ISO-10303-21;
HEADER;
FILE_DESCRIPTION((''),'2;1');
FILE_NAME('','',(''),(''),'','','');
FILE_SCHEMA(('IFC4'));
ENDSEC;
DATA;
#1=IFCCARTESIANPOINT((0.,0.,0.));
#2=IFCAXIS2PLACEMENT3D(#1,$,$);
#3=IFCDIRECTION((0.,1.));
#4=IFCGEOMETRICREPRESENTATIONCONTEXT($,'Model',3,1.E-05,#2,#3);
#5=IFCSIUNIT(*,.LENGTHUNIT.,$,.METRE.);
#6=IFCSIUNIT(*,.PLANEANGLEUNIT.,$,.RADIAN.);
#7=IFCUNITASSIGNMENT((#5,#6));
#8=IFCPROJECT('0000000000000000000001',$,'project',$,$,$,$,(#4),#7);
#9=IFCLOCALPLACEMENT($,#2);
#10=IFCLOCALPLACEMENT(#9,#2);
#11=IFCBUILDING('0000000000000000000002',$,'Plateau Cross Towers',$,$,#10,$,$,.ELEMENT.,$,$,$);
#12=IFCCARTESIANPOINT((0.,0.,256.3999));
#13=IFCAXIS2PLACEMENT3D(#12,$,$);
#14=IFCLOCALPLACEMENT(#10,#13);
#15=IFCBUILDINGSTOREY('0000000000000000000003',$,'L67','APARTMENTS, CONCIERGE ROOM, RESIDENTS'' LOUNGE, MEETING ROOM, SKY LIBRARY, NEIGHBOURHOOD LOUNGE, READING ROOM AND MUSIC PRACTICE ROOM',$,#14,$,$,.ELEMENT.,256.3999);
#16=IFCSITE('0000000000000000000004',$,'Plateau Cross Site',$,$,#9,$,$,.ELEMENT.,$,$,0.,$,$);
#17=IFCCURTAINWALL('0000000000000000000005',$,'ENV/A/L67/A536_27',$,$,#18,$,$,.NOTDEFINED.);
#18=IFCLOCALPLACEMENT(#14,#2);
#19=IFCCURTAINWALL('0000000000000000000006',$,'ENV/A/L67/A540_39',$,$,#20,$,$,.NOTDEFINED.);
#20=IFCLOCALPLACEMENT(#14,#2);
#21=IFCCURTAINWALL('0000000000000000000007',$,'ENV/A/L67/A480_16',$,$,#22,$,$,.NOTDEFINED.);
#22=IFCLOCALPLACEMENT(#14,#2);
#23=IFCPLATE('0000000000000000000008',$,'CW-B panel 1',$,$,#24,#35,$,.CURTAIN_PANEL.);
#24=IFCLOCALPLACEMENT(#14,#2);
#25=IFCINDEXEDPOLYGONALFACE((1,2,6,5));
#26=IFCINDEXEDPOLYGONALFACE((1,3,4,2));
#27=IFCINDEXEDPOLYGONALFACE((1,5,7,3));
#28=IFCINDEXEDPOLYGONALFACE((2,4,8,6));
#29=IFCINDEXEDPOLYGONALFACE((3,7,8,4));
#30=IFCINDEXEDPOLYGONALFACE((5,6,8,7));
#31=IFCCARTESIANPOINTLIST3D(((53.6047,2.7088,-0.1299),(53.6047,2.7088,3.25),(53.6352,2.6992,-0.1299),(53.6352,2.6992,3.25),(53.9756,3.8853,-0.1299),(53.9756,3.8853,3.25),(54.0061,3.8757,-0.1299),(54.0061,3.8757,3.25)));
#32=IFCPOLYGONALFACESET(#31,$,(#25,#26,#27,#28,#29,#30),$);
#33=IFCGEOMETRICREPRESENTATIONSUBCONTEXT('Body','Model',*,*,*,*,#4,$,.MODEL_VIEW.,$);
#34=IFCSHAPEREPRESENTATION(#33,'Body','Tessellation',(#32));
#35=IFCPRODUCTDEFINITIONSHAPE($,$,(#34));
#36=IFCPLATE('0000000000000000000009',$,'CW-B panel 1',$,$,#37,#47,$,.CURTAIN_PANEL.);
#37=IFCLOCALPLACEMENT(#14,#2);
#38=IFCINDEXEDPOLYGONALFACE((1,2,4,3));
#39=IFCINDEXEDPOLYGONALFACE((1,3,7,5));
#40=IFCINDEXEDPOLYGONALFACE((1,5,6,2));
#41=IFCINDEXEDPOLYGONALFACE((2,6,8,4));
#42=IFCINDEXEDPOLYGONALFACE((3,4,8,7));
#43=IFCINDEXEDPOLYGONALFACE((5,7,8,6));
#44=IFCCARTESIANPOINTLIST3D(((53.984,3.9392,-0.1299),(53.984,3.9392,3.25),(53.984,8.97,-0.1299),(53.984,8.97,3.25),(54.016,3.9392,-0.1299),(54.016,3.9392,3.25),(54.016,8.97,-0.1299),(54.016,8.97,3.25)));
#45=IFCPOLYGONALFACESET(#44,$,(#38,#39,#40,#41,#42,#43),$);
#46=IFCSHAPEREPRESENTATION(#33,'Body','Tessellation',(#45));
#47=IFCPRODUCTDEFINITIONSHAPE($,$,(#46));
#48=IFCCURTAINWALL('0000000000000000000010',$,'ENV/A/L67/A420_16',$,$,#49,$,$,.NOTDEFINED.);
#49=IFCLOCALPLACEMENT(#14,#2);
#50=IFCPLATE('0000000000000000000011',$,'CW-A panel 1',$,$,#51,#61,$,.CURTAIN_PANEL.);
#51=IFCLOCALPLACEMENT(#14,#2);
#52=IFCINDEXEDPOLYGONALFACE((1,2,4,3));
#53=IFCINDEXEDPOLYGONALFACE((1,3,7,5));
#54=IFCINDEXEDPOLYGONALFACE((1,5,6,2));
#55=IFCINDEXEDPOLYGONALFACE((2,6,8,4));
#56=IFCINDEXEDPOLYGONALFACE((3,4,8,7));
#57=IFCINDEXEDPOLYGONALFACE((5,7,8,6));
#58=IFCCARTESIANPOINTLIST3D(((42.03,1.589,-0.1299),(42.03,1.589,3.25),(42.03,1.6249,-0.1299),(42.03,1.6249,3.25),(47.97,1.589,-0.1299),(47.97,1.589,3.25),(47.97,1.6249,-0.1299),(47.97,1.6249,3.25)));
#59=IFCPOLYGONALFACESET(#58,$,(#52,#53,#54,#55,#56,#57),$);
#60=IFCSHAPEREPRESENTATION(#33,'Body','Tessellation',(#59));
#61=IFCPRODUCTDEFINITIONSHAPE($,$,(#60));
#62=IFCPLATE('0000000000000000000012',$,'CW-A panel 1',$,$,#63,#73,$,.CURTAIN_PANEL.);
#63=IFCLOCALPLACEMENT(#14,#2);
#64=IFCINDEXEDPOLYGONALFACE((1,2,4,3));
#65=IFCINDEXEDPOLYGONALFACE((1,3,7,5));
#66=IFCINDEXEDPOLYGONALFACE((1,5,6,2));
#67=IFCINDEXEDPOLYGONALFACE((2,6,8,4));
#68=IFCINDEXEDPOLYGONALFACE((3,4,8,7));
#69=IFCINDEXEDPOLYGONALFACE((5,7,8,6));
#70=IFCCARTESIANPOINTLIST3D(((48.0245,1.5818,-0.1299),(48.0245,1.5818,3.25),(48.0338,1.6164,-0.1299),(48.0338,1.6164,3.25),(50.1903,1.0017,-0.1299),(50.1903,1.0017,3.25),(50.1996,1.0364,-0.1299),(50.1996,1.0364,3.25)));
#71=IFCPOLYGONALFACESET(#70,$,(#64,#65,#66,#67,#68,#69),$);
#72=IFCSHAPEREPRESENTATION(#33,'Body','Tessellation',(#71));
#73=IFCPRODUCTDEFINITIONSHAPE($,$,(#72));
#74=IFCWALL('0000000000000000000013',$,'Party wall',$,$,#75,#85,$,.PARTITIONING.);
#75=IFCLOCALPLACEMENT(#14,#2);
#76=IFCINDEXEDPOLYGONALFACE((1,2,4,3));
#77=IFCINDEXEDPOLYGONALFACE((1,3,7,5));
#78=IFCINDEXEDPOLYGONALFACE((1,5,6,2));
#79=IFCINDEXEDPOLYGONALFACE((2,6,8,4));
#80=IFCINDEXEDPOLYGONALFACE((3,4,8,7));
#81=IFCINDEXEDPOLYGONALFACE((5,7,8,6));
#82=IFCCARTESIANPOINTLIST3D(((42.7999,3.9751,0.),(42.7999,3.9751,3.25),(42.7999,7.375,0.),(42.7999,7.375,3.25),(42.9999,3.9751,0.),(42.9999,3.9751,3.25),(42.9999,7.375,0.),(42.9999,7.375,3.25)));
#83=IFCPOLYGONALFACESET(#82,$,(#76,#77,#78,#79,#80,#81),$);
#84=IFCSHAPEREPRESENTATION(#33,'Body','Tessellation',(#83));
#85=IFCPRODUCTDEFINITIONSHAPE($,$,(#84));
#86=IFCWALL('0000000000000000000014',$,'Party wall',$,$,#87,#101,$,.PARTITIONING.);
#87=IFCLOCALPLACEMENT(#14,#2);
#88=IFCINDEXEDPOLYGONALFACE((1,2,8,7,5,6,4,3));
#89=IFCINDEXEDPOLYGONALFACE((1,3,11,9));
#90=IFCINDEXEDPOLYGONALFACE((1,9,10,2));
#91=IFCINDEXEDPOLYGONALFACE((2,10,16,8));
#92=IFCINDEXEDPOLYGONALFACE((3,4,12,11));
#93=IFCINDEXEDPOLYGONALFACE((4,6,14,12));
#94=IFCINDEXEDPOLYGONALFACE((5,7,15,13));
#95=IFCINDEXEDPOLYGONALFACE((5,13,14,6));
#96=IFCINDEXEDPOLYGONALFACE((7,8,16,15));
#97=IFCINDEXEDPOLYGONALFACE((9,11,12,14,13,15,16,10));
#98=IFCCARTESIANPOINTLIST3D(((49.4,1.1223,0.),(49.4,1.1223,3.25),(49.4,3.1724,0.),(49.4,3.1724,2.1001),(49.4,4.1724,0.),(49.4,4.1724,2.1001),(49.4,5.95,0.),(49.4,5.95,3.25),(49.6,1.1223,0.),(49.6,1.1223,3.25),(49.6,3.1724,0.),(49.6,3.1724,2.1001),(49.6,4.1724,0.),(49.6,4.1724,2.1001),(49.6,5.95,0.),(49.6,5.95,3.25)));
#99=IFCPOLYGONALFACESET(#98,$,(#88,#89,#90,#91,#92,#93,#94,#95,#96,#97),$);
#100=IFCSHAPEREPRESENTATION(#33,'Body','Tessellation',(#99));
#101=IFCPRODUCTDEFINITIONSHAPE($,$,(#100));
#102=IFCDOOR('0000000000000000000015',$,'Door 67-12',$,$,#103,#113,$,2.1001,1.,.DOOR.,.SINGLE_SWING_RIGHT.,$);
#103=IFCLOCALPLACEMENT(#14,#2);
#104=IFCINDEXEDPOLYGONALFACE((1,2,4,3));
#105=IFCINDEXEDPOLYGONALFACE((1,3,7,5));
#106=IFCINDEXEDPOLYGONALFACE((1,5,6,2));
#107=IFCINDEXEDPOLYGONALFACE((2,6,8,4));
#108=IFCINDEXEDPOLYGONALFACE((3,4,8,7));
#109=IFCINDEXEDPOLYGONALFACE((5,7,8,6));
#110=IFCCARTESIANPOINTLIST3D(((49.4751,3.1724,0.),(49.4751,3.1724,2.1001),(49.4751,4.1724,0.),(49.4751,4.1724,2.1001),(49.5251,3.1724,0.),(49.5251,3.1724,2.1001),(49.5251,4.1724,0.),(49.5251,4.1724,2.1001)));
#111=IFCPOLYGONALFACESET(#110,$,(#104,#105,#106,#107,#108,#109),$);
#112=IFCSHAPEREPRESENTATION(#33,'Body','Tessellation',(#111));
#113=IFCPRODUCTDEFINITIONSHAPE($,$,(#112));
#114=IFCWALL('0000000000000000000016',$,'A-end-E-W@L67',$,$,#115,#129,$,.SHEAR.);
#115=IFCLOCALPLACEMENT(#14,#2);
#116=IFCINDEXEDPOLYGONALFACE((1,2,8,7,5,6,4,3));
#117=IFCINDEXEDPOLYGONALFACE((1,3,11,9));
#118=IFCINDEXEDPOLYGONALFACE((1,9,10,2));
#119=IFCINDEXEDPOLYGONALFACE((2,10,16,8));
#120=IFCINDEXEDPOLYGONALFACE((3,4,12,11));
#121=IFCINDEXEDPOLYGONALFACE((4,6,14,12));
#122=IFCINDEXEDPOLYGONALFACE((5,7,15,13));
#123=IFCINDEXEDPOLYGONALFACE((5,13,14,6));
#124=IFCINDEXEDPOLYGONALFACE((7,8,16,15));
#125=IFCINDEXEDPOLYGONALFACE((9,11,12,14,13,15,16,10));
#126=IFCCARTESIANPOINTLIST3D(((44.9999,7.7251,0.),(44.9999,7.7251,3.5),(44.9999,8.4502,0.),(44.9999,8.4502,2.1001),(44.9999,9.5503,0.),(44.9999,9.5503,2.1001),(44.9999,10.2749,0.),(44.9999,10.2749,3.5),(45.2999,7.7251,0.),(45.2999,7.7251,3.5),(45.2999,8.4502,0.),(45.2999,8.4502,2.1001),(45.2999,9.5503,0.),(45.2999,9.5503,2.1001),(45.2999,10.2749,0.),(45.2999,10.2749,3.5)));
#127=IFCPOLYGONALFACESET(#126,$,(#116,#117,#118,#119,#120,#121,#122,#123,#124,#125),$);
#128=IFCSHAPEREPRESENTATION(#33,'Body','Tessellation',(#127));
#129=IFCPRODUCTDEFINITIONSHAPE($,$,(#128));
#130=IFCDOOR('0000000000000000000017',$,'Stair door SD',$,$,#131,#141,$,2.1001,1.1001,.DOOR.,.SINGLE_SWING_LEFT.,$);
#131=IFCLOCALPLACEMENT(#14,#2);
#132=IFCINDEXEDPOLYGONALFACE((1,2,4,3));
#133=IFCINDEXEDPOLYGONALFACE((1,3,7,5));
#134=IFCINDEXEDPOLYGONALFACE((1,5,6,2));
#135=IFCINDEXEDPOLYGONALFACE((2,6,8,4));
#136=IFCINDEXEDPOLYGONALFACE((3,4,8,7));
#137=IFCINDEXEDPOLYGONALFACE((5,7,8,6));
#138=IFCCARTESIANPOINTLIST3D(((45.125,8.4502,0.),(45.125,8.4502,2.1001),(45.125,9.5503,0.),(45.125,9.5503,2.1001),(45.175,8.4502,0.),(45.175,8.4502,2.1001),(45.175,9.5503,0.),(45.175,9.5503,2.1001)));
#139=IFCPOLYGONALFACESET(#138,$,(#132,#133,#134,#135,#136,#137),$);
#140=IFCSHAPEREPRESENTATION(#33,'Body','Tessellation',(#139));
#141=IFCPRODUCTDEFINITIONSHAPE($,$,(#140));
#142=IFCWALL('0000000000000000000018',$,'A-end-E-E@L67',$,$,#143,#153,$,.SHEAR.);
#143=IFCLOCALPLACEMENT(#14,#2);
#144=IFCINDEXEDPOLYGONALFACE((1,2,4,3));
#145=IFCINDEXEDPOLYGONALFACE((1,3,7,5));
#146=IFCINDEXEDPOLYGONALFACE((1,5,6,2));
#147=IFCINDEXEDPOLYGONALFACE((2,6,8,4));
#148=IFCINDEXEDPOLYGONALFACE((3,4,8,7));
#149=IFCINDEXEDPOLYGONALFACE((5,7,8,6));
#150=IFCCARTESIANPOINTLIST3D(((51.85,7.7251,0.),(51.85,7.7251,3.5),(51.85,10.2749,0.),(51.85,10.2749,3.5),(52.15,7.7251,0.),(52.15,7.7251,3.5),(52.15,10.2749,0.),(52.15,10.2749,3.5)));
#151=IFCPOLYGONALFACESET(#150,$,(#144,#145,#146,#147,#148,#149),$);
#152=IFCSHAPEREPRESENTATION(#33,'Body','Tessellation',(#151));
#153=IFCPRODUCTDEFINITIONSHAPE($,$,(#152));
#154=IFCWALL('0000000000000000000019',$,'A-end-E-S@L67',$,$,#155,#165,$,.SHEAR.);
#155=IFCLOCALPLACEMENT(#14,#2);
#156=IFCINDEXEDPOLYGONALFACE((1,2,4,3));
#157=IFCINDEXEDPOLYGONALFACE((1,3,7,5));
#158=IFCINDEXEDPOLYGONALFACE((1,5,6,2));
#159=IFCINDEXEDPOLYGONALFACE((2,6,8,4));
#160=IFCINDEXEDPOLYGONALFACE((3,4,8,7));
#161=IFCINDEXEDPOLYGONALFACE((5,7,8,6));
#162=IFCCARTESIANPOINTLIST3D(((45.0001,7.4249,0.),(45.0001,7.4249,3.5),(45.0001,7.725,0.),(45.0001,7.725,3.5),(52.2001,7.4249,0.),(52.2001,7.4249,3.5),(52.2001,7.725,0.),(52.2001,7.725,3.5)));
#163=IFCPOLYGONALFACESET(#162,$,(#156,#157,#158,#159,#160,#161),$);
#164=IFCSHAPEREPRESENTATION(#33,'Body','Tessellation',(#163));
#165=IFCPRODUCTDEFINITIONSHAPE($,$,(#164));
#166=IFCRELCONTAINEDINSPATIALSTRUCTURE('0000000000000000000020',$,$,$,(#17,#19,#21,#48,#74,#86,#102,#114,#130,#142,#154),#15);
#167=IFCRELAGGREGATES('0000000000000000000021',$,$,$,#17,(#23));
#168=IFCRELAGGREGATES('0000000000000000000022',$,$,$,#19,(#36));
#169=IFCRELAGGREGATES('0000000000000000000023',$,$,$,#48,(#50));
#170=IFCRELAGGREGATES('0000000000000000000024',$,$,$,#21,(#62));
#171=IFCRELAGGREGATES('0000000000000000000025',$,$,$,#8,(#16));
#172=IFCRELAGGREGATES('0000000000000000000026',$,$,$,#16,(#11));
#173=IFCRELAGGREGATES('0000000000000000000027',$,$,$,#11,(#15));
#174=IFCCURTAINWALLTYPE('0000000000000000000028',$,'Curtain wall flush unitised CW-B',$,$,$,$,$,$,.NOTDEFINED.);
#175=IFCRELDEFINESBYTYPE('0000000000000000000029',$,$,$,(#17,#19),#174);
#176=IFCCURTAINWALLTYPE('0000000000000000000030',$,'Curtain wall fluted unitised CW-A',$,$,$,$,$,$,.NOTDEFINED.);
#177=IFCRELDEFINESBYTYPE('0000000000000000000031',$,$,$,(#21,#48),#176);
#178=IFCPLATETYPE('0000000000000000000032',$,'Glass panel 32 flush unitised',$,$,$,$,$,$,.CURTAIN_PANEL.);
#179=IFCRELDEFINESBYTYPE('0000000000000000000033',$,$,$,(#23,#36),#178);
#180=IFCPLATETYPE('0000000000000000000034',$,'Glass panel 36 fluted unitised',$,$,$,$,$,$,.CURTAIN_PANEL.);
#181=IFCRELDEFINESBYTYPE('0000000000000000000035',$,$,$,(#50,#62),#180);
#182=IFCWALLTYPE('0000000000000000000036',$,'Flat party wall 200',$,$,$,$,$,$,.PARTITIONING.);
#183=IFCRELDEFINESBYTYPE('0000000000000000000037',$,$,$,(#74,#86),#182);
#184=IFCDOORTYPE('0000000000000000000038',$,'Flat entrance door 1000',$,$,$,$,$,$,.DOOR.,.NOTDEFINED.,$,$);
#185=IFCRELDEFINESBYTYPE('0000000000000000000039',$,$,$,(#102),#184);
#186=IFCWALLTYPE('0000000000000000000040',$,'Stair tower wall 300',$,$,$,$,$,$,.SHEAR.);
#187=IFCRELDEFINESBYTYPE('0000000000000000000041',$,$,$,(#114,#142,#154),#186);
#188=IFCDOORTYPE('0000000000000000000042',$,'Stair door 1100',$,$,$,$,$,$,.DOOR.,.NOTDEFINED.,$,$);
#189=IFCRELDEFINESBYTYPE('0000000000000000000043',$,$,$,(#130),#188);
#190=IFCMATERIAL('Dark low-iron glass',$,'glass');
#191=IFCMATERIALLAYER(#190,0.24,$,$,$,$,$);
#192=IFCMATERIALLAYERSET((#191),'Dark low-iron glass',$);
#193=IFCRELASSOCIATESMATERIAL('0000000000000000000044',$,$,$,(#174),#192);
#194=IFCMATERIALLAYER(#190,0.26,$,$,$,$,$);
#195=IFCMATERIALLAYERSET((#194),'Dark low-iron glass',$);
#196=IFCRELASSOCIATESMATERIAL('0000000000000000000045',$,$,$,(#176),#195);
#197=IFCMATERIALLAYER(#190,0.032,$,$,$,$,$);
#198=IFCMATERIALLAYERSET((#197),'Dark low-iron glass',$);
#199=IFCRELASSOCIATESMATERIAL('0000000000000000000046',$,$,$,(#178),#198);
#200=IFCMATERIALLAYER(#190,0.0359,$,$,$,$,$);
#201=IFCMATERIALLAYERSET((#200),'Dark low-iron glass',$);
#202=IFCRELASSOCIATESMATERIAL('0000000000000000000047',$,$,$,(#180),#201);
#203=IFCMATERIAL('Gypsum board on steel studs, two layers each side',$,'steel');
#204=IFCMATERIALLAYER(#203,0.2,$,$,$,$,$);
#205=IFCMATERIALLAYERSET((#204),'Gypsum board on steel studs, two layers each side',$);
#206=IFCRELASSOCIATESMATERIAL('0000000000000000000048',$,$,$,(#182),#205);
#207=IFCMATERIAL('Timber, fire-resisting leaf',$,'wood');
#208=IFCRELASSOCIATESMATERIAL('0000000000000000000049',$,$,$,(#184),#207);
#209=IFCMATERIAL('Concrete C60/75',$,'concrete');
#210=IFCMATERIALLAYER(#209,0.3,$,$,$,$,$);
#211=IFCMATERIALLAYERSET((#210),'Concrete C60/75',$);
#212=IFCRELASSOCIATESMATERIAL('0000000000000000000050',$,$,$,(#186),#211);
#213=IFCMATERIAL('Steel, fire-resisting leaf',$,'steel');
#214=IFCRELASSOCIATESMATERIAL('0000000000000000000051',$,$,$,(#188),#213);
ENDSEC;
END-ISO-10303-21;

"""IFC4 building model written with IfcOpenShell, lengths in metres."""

from ifc_helpers import new_model, si_unit, direction, frame, frame_2d, origin, origin_2d, place, context, subcontext, project, spatial, rectangle, extrude, material, layer, layer_set, type_object, element, fill, aggregate, save


model = new_model("IFC4")

# Units and contexts
model_context = context("Model", 3, precision=1e-05, world=origin(), true_north=direction((0.0, 1.0)))
body_context = subcontext(model_context, "Body", "Model", "MODEL_VIEW")
ifc_project = project(units=[si_unit("LENGTHUNIT", "METRE"), si_unit("PLANEANGLEUNIT", "RADIAN")], contexts=[model_context])

# Site, building, storey
site_placement = place(None, origin())
site = spatial("IfcSite", under=ifc_project, at=site_placement, Name="Plateau Cross Site", CompositionType="ELEMENT", RefElevation=0.0)
building_placement = place(site_placement, origin())
building = spatial("IfcBuilding", under=site, at=building_placement, Name="Plateau Cross Towers", CompositionType="ELEMENT")
storey_placement = place(building_placement, frame((0.0, 0.0, 256.3999)))
storey = spatial("IfcBuildingStorey", under=building, at=storey_placement, Name="L67", Description="APARTMENTS, CONCIERGE ROOM, RESIDENTS' LOUNGE, MEETING ROOM, SKY LIBRARY, NEIGHBOURHOOD LOUNGE, READING ROOM AND MUSIC PRACTICE ROOM", CompositionType="ELEMENT", Elevation=256.3999)

# Shared definitions
ifc_material_1 = material(Name="Concrete C60/75", Category="concrete")

# Shared definitions
ifc_material_2 = material(Name="Dark low-iron glass", Category="glass")
ifc_layer_1 = layer(ifc_material_2, 0.24)
ifc_layer_set_1 = layer_set([ifc_layer_1], Name="Dark low-iron glass")
curtain_wall_type_1 = type_object("IfcCurtainWallType", Name="Curtain wall flush unitised CW-B", PredefinedType="NOTDEFINED", material=ifc_layer_set_1)

# Curtain walls
curtain_wall_1_placement = place(storey_placement, origin())
curtain_wall_1 = element("IfcCurtainWall", 1, at=curtain_wall_1_placement, inside=storey, type_object=curtain_wall_type_1, Name="ENV/A/L67/A536_27", PredefinedType="NOTDEFINED")
curtain_wall_2_placement = place(storey_placement, origin())
curtain_wall_2 = element("IfcCurtainWall", 2, at=curtain_wall_2_placement, inside=storey, type_object=curtain_wall_type_1, Name="ENV/A/L67/A540_39", PredefinedType="NOTDEFINED")
ifc_layer_2 = layer(ifc_material_2, 0.26)
ifc_layer_set_2 = layer_set([ifc_layer_2], Name="Dark low-iron glass")
curtain_wall_type_2 = type_object("IfcCurtainWallType", Name="Curtain wall fluted unitised CW-A", PredefinedType="NOTDEFINED", material=ifc_layer_set_2)
curtain_wall_3_placement = place(storey_placement, origin())
curtain_wall_3 = element("IfcCurtainWall", 3, at=curtain_wall_3_placement, inside=storey, type_object=curtain_wall_type_2, Name="ENV/A/L67/A480_16", PredefinedType="NOTDEFINED")

# Plates
ifc_layer_3 = layer(ifc_material_2, 0.032)
ifc_layer_set_3 = layer_set([ifc_layer_3], Name="Dark low-iron glass")
plate_type_1 = type_object("IfcPlateType", Name="Glass panel 32 flush unitised", PredefinedType="CURTAIN_PANEL", material=ifc_layer_set_3)
plate_1_placement = place(storey_placement, frame((53.8054, 3.2922, -0.1299), z_axis=(0.0, 0.0, 1.0), x_axis=(0.300686, 0.953723, 0.0)))
plate_1 = element("IfcPlate", 4, at=plate_1_placement, type_object=plate_type_1, Name="CW-B panel 1", PredefinedType="CURTAIN_PANEL", context=body_context, shape_type="SweptSolid", body=[
    extrude(rectangle(XDim=1.2336, YDim=0.032, at=origin_2d()), origin(), (0.0, 0.0, 1.0), 3.3799),
])
aggregate(curtain_wall_1, [plate_1])
plate_2_placement = place(storey_placement, frame((54.0, 6.4546, -0.1299), z_axis=(0.0, 0.0, 1.0), x_axis=(0.0, 1.0, 0.0)))
plate_2 = element("IfcPlate", 5, at=plate_2_placement, type_object=plate_type_1, Name="CW-B panel 1", PredefinedType="CURTAIN_PANEL", context=body_context, shape_type="SweptSolid", body=[
    extrude(rectangle(XDim=5.0308, YDim=0.032, at=origin_2d()), origin(), (0.0, 0.0, 1.0), 3.3799),
])
aggregate(curtain_wall_2, [plate_2])

# Curtain wall, plate
curtain_wall_4_placement = place(storey_placement, origin())
curtain_wall_4 = element("IfcCurtainWall", 6, at=curtain_wall_4_placement, inside=storey, type_object=curtain_wall_type_2, Name="ENV/A/L67/A420_16", PredefinedType="NOTDEFINED")
ifc_layer_4 = layer(ifc_material_2, 0.0359)
ifc_layer_set_4 = layer_set([ifc_layer_4], Name="Dark low-iron glass")
plate_type_2 = type_object("IfcPlateType", Name="Glass panel 36 fluted unitised", PredefinedType="CURTAIN_PANEL", material=ifc_layer_set_4)
plate_3_placement = place(storey_placement, frame((45.0, 1.6069, -0.1299), z_axis=(0.0, 0.0, 1.0), x_axis=(1.0, 0.0, 0.0)))
plate_3 = element("IfcPlate", 7, at=plate_3_placement, type_object=plate_type_2, Name="CW-A panel 1", PredefinedType="CURTAIN_PANEL", context=body_context, shape_type="SweptSolid", body=[
    extrude(rectangle(XDim=5.9399, YDim=0.0359, at=origin_2d()), origin(), (0.0, 0.0, 1.0), 3.3799),
])
aggregate(curtain_wall_4, [plate_3])

# Plate
plate_4_placement = place(storey_placement, frame((49.1121, 1.3091, -0.1299), z_axis=(0.0, 0.0, 1.0), x_axis=(0.965958, -0.258699, 0.0)))
plate_4 = element("IfcPlate", 8, at=plate_4_placement, type_object=plate_type_2, Name="CW-A panel 1", PredefinedType="CURTAIN_PANEL", context=body_context, shape_type="SweptSolid", body=[
    extrude(rectangle(XDim=2.2422, YDim=0.0359, at=origin_2d()), origin(), (0.0, 0.0, 1.0), 3.3799),
])
aggregate(curtain_wall_3, [plate_4])

# Wall
ifc_material_3 = material(Name="Gypsum board on steel studs, two layers each side", Category="steel")
ifc_layer_5 = layer(ifc_material_3, 0.2)
ifc_layer_set_5 = layer_set([ifc_layer_5], Name="Gypsum board on steel studs, two layers each side")
wall_type_1 = type_object("IfcWallType", Name="Flat party wall 200", PredefinedType="PARTITIONING", material=ifc_layer_set_5)
wall_1_placement = place(storey_placement, frame((42.8999, 3.9751, 0.0), z_axis=(0.0, 0.0, 1.0), x_axis=(0.0, 1.0, 0.0)))
element("IfcWall", 9, at=wall_1_placement, inside=storey, type_object=wall_type_1, Name="Party wall", PredefinedType="PARTITIONING", context=body_context, shape_type="SweptSolid", body=[
    extrude(rectangle(XDim=3.3999, YDim=0.2, at=frame_2d((1.7, 0.0))), origin(), (0.0, 0.0, 1.0), 3.25),
])

# Walls, openings, doors
wall_2_placement = place(storey_placement, frame((49.5, 1.1223, 0.0), z_axis=(0.0, 0.0, 1.0), x_axis=(0.0, 1.0, 0.0)))
wall_2 = element("IfcWall", 10, at=wall_2_placement, inside=storey, type_object=wall_type_1, Name="Party wall", PredefinedType="PARTITIONING", context=body_context, shape_type="SweptSolid", body=[
    extrude(rectangle(XDim=4.8276, YDim=0.2, at=frame_2d((2.4138, 0.0))), origin(), (0.0, 0.0, 1.0), 3.25),
])
opening_1_placement = place(wall_2_placement, frame((2.05, 0.0, 0.0)))
opening_1 = element("IfcOpeningElement", 11, at=opening_1_placement, cuts=wall_2, PredefinedType="OPENING", context=body_context, shape_type="SweptSolid", body=[
    extrude(rectangle(XDim=1.0, YDim=2.1001, at=frame_2d((0.5, 1.05))), frame((0.0, 0.1099, 0.0), z_axis=(0.0, -1.0, 0.0), x_axis=(1.0, 0.0, 0.0)), (0.0, 0.0, 1.0), 0.22),
])
ifc_material_4 = material(Name="Timber, fire-resisting leaf", Category="wood")
door_type_1 = type_object("IfcDoorType", Name="Flat entrance door 1000", OperationType="NOTDEFINED", PredefinedType="DOOR", material=ifc_material_4)
door_1_placement = place(opening_1_placement, origin())
door_1 = element("IfcDoor", 12, at=door_1_placement, inside=storey, type_object=door_type_1, Name="Door 67-12", OperationType="SINGLE_SWING_RIGHT", OverallHeight=2.1001, OverallWidth=1.0, PredefinedType="DOOR", context=body_context, shape_type="SweptSolid", body=[
    extrude(rectangle(XDim=1.0, YDim=2.1001, at=frame_2d((0.5, 1.05))), frame((0.0, 0.0249, 0.0), z_axis=(0.0, -1.0, 0.0), x_axis=(1.0, 0.0, 0.0)), (0.0, 0.0, 1.0), 0.05),
])
fill(opening_1, door_1)
ifc_layer_6 = layer(ifc_material_1, 0.3)
ifc_layer_set_6 = layer_set([ifc_layer_6], Name="Concrete C60/75")
wall_type_2 = type_object("IfcWallType", Name="Stair tower wall 300", PredefinedType="SHEAR", material=ifc_layer_set_6)
wall_3_placement = place(storey_placement, frame((45.1499, 7.7251, 0.0), z_axis=(0.0, 0.0, 1.0), x_axis=(0.0, 1.0, 0.0)))
wall_3 = element("IfcWall", 13, at=wall_3_placement, inside=storey, type_object=wall_type_2, Name="A-end-E-W@L67", PredefinedType="SHEAR", context=body_context, shape_type="SweptSolid", body=[
    extrude(rectangle(XDim=2.5498, YDim=0.3, at=frame_2d((1.2749, 0.0))), origin(), (0.0, 0.0, 1.0), 3.5),
])
opening_2_placement = place(wall_3_placement, frame((0.7251, 0.0, 0.0)))
opening_2 = element("IfcOpeningElement", 14, at=opening_2_placement, cuts=wall_3, PredefinedType="OPENING", context=body_context, shape_type="SweptSolid", body=[
    extrude(rectangle(XDim=1.1001, YDim=2.1001, at=frame_2d((0.55, 1.05))), frame((0.0, 0.1599, 0.0), z_axis=(0.0, -1.0, 0.0), x_axis=(1.0, 0.0, 0.0)), (0.0, 0.0, 1.0), 0.3201),
])
ifc_material_5 = material(Name="Steel, fire-resisting leaf", Category="steel")
door_type_2 = type_object("IfcDoorType", Name="Stair door 1100", OperationType="NOTDEFINED", PredefinedType="DOOR", material=ifc_material_5)
door_2_placement = place(opening_2_placement, origin())
door_2 = element("IfcDoor", 15, at=door_2_placement, inside=storey, type_object=door_type_2, Name="Stair door SD", OperationType="SINGLE_SWING_LEFT", OverallHeight=2.1001, OverallWidth=1.1001, PredefinedType="DOOR", context=body_context, shape_type="SweptSolid", body=[
    extrude(rectangle(XDim=1.1001, YDim=2.1001, at=frame_2d((0.55, 1.05))), frame((0.0, 0.0249, 0.0), z_axis=(0.0, -1.0, 0.0), x_axis=(1.0, 0.0, 0.0)), (0.0, 0.0, 1.0), 0.05),
])
fill(opening_2, door_2)

# Walls
wall_4_placement = place(storey_placement, frame((52.0, 7.7251, 0.0), z_axis=(0.0, 0.0, 1.0), x_axis=(0.0, 1.0, 0.0)))
element("IfcWall", 16, at=wall_4_placement, inside=storey, type_object=wall_type_2, Name="A-end-E-E@L67", PredefinedType="SHEAR", context=body_context, shape_type="SweptSolid", body=[
    extrude(rectangle(XDim=2.5498, YDim=0.3, at=frame_2d((1.2749, 0.0))), origin(), (0.0, 0.0, 1.0), 3.5),
])
wall_5_placement = place(storey_placement, frame((45.0, 7.575, 0.0), z_axis=(0.0, 0.0, 1.0), x_axis=(1.0, 0.0, 0.0)))
element("IfcWall", 17, at=wall_5_placement, inside=storey, type_object=wall_type_2, Name="A-end-E-S@L67", PredefinedType="SHEAR", context=body_context, shape_type="SweptSolid", body=[
    extrude(rectangle(XDim=7.2, YDim=0.3, at=frame_2d((3.6001, 0.0))), origin(), (0.0, 0.0, 1.0), 3.5),
])

save(model, "model.ifc")
